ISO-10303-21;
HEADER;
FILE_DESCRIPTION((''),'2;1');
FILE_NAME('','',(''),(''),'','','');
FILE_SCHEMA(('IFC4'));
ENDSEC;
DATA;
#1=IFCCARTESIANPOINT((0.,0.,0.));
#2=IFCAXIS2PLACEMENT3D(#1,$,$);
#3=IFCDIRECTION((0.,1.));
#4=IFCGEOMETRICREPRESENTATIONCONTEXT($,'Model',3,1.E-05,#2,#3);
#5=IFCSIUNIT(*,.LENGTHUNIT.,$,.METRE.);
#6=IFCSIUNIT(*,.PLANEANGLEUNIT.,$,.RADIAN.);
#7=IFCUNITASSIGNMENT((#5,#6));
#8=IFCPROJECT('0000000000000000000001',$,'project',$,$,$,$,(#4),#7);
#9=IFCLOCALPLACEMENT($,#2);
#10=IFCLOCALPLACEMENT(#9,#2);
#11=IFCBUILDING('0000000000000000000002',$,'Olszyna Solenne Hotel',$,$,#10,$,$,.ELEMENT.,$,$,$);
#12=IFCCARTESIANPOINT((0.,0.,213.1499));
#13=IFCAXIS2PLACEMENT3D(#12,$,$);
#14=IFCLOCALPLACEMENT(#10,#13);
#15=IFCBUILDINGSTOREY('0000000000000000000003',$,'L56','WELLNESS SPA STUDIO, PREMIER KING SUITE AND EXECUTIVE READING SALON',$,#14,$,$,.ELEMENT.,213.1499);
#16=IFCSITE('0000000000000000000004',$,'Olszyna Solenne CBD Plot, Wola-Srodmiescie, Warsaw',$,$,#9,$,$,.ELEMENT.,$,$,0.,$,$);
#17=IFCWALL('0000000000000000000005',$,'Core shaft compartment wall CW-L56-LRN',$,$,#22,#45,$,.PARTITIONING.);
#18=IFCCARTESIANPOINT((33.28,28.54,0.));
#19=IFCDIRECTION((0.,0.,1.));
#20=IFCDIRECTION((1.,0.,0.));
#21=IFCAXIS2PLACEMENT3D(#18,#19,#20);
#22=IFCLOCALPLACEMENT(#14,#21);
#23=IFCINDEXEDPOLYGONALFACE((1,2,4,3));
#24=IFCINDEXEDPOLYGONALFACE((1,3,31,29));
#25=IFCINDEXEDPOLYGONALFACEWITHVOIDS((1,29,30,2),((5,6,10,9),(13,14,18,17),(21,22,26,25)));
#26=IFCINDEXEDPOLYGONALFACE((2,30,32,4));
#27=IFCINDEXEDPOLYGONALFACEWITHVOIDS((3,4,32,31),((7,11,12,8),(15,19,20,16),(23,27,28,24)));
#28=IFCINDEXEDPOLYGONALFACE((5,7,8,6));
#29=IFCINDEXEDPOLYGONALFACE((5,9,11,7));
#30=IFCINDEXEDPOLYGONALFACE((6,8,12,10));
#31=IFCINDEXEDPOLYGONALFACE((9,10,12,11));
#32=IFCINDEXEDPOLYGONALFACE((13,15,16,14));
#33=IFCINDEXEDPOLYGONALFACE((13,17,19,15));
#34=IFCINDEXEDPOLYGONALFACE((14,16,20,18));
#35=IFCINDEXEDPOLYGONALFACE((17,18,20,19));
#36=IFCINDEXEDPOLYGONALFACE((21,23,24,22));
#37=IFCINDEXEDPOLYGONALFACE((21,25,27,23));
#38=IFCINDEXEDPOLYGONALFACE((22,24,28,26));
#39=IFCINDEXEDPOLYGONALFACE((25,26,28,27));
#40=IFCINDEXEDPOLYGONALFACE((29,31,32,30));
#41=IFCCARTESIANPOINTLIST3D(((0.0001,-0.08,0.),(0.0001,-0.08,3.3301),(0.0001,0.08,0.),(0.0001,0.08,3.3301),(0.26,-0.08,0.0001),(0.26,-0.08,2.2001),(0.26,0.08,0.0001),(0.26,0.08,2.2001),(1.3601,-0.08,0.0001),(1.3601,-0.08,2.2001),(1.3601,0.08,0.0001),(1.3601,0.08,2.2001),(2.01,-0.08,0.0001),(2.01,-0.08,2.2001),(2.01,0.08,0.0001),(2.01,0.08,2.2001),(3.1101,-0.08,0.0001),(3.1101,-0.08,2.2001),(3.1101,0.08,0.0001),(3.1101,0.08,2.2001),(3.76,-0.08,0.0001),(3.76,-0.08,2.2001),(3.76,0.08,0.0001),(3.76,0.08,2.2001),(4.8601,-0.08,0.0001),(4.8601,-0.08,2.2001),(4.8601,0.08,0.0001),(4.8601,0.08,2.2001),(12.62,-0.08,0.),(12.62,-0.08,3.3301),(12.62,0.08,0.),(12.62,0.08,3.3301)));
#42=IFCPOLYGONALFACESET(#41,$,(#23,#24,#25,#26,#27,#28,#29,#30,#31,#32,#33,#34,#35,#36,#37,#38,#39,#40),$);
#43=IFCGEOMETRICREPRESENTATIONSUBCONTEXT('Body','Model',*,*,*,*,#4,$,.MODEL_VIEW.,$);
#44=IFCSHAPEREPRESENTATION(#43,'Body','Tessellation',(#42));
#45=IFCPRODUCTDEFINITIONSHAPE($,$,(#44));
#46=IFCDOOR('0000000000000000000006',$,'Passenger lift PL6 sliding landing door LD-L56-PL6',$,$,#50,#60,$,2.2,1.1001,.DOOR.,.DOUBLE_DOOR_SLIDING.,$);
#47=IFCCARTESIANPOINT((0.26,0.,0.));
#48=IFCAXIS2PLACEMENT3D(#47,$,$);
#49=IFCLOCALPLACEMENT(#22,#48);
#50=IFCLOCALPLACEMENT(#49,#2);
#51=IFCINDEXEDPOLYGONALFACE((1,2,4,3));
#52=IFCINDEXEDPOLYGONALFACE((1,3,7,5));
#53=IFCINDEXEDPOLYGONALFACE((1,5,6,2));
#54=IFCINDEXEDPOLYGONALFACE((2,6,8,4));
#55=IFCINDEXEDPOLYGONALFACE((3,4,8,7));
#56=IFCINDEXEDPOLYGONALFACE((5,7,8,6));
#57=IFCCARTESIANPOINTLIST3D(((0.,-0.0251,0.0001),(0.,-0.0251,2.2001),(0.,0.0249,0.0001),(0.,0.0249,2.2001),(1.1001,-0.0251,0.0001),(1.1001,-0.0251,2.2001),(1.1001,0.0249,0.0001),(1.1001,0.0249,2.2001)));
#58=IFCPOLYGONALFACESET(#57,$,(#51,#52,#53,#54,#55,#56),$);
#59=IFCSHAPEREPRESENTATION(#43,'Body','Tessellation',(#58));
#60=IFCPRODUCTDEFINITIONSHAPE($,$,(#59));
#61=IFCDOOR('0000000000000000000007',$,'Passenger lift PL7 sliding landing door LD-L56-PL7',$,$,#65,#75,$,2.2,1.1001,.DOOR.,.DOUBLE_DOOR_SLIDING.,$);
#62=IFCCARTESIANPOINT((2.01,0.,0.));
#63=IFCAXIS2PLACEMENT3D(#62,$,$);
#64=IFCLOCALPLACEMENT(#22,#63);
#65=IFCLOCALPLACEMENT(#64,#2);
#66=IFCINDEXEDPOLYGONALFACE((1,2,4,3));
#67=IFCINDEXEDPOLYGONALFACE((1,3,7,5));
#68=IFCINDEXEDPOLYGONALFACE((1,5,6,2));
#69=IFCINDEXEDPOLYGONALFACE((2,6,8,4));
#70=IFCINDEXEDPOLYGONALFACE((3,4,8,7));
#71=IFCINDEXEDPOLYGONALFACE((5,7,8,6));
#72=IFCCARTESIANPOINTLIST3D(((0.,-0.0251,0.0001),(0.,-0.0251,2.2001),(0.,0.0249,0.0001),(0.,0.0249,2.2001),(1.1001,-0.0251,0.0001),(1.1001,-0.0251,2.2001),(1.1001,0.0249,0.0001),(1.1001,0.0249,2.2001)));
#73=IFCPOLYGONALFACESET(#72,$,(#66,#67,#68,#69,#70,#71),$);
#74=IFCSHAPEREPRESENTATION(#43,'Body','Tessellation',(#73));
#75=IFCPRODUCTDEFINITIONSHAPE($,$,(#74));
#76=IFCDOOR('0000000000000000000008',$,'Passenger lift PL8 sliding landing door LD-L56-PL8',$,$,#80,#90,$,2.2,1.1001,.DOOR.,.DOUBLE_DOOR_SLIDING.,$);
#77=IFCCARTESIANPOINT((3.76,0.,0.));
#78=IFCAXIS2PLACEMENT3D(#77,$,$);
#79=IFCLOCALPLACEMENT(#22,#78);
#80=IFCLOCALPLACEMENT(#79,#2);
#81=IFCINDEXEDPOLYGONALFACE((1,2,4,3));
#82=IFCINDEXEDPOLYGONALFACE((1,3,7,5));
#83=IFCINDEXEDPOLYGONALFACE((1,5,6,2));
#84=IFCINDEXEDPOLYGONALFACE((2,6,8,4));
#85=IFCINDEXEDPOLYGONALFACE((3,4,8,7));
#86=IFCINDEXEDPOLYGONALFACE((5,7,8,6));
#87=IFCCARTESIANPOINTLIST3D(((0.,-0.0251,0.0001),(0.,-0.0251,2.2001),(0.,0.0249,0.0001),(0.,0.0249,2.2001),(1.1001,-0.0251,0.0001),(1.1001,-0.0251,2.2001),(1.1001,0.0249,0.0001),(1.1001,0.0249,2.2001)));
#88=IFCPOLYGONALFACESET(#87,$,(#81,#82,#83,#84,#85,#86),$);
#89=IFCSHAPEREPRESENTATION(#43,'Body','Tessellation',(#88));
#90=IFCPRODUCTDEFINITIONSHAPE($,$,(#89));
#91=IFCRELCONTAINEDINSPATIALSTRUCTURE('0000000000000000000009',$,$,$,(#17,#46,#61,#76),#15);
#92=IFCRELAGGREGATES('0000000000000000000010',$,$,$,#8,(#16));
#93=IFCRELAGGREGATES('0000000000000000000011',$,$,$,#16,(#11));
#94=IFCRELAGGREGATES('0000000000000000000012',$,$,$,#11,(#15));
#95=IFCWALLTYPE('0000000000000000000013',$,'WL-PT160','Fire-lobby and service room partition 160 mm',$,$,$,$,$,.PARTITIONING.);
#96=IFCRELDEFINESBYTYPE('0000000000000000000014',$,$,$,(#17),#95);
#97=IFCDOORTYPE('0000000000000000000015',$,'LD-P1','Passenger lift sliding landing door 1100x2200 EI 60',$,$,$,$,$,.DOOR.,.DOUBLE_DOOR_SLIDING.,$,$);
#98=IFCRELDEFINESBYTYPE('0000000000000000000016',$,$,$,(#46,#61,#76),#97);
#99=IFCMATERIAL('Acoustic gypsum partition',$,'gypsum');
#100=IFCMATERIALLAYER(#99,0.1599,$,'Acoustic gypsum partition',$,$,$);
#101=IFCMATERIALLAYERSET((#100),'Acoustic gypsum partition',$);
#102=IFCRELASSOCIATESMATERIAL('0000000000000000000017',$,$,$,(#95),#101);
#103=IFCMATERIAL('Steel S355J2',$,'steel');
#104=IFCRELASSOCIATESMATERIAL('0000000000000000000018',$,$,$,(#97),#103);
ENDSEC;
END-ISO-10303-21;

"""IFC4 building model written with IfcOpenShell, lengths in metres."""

from ifc_helpers import new_model, si_unit, direction, frame, frame_2d, origin, place, context, subcontext, project, spatial, rectangle, extrude, source, transform, mapped, material, layer, layer_set, type_object, type_shapes, element, fill, save


model = new_model("IFC4")

# Units and contexts
model_context = context("Model", 3, precision=1e-05, world=origin(), true_north=direction((0.0, 1.0)))
body_context = subcontext(model_context, "Body", "Model", "MODEL_VIEW")
ifc_project = project(units=[si_unit("LENGTHUNIT", "METRE"), si_unit("PLANEANGLEUNIT", "RADIAN")], contexts=[model_context])

# Site, building, storey
site_placement = place(None, origin())
site = spatial("IfcSite", under=ifc_project, at=site_placement, Name="Olszyna Solenne CBD Plot, Wola-Srodmiescie, Warsaw", CompositionType="ELEMENT", RefElevation=0.0)
building_placement = place(site_placement, origin())
building = spatial("IfcBuilding", under=site, at=building_placement, Name="Olszyna Solenne Hotel", CompositionType="ELEMENT")
storey_placement = place(building_placement, frame((0.0, 0.0, 213.1499)))
storey = spatial("IfcBuildingStorey", under=building, at=storey_placement, Name="L56", Description="WELLNESS SPA STUDIO, PREMIER KING SUITE AND EXECUTIVE READING SALON", CompositionType="ELEMENT", Elevation=213.1499)

# Shared definitions
ifc_material_1 = material(Name="Steel S355J2", Category="steel")

# Shared definitions
ifc_material_2 = material(Name="Acoustic gypsum partition", Category="gypsum")
ifc_layer = layer(ifc_material_2, 0.1599, Name="Acoustic gypsum partition")
ifc_layer_set = layer_set([ifc_layer], Name="Acoustic gypsum partition")
wall_type = type_object("IfcWallType", Name="WL-PT160", Description="Fire-lobby and service room partition 160 mm", PredefinedType="PARTITIONING", material=ifc_layer_set)

# Wall, openings, doors
door_type_1 = type_object("IfcDoorType", Name="LD-P1", Description="Passenger lift sliding landing door 1100x2200 EI 60", OperationType="DOUBLE_DOOR_SLIDING", PredefinedType="DOOR", material=ifc_material_1)
shared_shape_1 = source(origin(), body_context, "Body", "SweptSolid", [
    extrude(rectangle(XDim=1.1001, YDim=2.2, at=frame_2d((0.55, 1.1001))), frame((0.0, 0.0249, 0.0), z_axis=(0.0, -1.0, 0.0), x_axis=(1.0, 0.0, 0.0)), (0.0, 0.0, 1.0), 0.05),
])
type_shapes(door_type_1, [shared_shape_1])
wall_1_placement = place(storey_placement, frame((33.28, 28.54, 0.0), z_axis=(0.0, 0.0, 1.0), x_axis=(1.0, 0.0, 0.0)))
wall_1 = element("IfcWall", 1, at=wall_1_placement, inside=storey, type_object=wall_type, Name="Core shaft compartment wall CW-L56-LRN", PredefinedType="PARTITIONING", context=body_context, shape_type="SweptSolid", body=[
    extrude(rectangle(XDim=12.6199, YDim=0.1599, at=frame_2d((6.3101, 0.0))), origin(), (0.0, 0.0, 1.0), 3.3301),
])
opening_1_placement = place(wall_1_placement, frame((0.26, 0.0, 0.0)))
opening_1 = element("IfcOpeningElement", 2, at=opening_1_placement, cuts=wall_1, PredefinedType="OPENING", context=body_context, shape_type="SweptSolid", body=[
    extrude(rectangle(XDim=1.1001, YDim=2.2, at=frame_2d((0.55, 1.1001))), frame((0.0, 0.0898, 0.0), z_axis=(0.0, -1.0, 0.0), x_axis=(1.0, 0.0, 0.0)), (0.0, 0.0, 1.0), 0.1799),
])
opening_2_placement = place(wall_1_placement, frame((2.01, 0.0, 0.0)))
opening_2 = element("IfcOpeningElement", 3, at=opening_2_placement, cuts=wall_1, PredefinedType="OPENING", context=body_context, shape_type="SweptSolid", body=[
    extrude(rectangle(XDim=1.1001, YDim=2.2, at=frame_2d((0.55, 1.1001))), frame((0.0, 0.0898, 0.0), z_axis=(0.0, -1.0, 0.0), x_axis=(1.0, 0.0, 0.0)), (0.0, 0.0, 1.0), 0.1799),
])
opening_3_placement = place(wall_1_placement, frame((3.76, 0.0, 0.0)))
opening_3 = element("IfcOpeningElement", 4, at=opening_3_placement, cuts=wall_1, PredefinedType="OPENING", context=body_context, shape_type="SweptSolid", body=[
    extrude(rectangle(XDim=1.1001, YDim=2.2, at=frame_2d((0.55, 1.1001))), frame((0.0, 0.0898, 0.0), z_axis=(0.0, -1.0, 0.0), x_axis=(1.0, 0.0, 0.0)), (0.0, 0.0, 1.0), 0.1799),
])
door_1_placement = place(opening_1_placement, origin())
door_1 = element("IfcDoor", 5, at=door_1_placement, inside=storey, type_object=door_type_1, Name="Passenger lift PL6 sliding landing door LD-L56-PL6", OperationType="DOUBLE_DOOR_SLIDING", OverallHeight=2.2, OverallWidth=1.1001, PredefinedType="DOOR", context=body_context, shape_type="MappedRepresentation", body=[
    mapped(shared_shape_1, transform((0.0, 0.0, 0.0), x_axis=(1.0, 0.0, 0.0), y_axis=(0.0, 1.0, 0.0), z_axis=(0.0, 0.0, 1.0), scale=1.0)),
])
fill(opening_1, door_1)
door_2_placement = place(opening_2_placement, origin())
door_2 = element("IfcDoor", 6, at=door_2_placement, inside=storey, type_object=door_type_1, Name="Passenger lift PL7 sliding landing door LD-L56-PL7", OperationType="DOUBLE_DOOR_SLIDING", OverallHeight=2.2, OverallWidth=1.1001, PredefinedType="DOOR", context=body_context, shape_type="MappedRepresentation", body=[
    mapped(shared_shape_1, transform((0.0, 0.0, 0.0), x_axis=(1.0, 0.0, 0.0), y_axis=(0.0, 1.0, 0.0), z_axis=(0.0, 0.0, 1.0), scale=1.0)),
])
fill(opening_2, door_2)
door_3_placement = place(opening_3_placement, origin())
door_3 = element("IfcDoor", 7, at=door_3_placement, inside=storey, type_object=door_type_1, Name="Passenger lift PL8 sliding landing door LD-L56-PL8", OperationType="DOUBLE_DOOR_SLIDING", OverallHeight=2.2, OverallWidth=1.1001, PredefinedType="DOOR", context=body_context, shape_type="MappedRepresentation", body=[
    mapped(shared_shape_1, transform((0.0, 0.0, 0.0), x_axis=(1.0, 0.0, 0.0), y_axis=(0.0, 1.0, 0.0), z_axis=(0.0, 0.0, 1.0), scale=1.0)),
])
fill(opening_3, door_3)

save(model, "model.ifc")
